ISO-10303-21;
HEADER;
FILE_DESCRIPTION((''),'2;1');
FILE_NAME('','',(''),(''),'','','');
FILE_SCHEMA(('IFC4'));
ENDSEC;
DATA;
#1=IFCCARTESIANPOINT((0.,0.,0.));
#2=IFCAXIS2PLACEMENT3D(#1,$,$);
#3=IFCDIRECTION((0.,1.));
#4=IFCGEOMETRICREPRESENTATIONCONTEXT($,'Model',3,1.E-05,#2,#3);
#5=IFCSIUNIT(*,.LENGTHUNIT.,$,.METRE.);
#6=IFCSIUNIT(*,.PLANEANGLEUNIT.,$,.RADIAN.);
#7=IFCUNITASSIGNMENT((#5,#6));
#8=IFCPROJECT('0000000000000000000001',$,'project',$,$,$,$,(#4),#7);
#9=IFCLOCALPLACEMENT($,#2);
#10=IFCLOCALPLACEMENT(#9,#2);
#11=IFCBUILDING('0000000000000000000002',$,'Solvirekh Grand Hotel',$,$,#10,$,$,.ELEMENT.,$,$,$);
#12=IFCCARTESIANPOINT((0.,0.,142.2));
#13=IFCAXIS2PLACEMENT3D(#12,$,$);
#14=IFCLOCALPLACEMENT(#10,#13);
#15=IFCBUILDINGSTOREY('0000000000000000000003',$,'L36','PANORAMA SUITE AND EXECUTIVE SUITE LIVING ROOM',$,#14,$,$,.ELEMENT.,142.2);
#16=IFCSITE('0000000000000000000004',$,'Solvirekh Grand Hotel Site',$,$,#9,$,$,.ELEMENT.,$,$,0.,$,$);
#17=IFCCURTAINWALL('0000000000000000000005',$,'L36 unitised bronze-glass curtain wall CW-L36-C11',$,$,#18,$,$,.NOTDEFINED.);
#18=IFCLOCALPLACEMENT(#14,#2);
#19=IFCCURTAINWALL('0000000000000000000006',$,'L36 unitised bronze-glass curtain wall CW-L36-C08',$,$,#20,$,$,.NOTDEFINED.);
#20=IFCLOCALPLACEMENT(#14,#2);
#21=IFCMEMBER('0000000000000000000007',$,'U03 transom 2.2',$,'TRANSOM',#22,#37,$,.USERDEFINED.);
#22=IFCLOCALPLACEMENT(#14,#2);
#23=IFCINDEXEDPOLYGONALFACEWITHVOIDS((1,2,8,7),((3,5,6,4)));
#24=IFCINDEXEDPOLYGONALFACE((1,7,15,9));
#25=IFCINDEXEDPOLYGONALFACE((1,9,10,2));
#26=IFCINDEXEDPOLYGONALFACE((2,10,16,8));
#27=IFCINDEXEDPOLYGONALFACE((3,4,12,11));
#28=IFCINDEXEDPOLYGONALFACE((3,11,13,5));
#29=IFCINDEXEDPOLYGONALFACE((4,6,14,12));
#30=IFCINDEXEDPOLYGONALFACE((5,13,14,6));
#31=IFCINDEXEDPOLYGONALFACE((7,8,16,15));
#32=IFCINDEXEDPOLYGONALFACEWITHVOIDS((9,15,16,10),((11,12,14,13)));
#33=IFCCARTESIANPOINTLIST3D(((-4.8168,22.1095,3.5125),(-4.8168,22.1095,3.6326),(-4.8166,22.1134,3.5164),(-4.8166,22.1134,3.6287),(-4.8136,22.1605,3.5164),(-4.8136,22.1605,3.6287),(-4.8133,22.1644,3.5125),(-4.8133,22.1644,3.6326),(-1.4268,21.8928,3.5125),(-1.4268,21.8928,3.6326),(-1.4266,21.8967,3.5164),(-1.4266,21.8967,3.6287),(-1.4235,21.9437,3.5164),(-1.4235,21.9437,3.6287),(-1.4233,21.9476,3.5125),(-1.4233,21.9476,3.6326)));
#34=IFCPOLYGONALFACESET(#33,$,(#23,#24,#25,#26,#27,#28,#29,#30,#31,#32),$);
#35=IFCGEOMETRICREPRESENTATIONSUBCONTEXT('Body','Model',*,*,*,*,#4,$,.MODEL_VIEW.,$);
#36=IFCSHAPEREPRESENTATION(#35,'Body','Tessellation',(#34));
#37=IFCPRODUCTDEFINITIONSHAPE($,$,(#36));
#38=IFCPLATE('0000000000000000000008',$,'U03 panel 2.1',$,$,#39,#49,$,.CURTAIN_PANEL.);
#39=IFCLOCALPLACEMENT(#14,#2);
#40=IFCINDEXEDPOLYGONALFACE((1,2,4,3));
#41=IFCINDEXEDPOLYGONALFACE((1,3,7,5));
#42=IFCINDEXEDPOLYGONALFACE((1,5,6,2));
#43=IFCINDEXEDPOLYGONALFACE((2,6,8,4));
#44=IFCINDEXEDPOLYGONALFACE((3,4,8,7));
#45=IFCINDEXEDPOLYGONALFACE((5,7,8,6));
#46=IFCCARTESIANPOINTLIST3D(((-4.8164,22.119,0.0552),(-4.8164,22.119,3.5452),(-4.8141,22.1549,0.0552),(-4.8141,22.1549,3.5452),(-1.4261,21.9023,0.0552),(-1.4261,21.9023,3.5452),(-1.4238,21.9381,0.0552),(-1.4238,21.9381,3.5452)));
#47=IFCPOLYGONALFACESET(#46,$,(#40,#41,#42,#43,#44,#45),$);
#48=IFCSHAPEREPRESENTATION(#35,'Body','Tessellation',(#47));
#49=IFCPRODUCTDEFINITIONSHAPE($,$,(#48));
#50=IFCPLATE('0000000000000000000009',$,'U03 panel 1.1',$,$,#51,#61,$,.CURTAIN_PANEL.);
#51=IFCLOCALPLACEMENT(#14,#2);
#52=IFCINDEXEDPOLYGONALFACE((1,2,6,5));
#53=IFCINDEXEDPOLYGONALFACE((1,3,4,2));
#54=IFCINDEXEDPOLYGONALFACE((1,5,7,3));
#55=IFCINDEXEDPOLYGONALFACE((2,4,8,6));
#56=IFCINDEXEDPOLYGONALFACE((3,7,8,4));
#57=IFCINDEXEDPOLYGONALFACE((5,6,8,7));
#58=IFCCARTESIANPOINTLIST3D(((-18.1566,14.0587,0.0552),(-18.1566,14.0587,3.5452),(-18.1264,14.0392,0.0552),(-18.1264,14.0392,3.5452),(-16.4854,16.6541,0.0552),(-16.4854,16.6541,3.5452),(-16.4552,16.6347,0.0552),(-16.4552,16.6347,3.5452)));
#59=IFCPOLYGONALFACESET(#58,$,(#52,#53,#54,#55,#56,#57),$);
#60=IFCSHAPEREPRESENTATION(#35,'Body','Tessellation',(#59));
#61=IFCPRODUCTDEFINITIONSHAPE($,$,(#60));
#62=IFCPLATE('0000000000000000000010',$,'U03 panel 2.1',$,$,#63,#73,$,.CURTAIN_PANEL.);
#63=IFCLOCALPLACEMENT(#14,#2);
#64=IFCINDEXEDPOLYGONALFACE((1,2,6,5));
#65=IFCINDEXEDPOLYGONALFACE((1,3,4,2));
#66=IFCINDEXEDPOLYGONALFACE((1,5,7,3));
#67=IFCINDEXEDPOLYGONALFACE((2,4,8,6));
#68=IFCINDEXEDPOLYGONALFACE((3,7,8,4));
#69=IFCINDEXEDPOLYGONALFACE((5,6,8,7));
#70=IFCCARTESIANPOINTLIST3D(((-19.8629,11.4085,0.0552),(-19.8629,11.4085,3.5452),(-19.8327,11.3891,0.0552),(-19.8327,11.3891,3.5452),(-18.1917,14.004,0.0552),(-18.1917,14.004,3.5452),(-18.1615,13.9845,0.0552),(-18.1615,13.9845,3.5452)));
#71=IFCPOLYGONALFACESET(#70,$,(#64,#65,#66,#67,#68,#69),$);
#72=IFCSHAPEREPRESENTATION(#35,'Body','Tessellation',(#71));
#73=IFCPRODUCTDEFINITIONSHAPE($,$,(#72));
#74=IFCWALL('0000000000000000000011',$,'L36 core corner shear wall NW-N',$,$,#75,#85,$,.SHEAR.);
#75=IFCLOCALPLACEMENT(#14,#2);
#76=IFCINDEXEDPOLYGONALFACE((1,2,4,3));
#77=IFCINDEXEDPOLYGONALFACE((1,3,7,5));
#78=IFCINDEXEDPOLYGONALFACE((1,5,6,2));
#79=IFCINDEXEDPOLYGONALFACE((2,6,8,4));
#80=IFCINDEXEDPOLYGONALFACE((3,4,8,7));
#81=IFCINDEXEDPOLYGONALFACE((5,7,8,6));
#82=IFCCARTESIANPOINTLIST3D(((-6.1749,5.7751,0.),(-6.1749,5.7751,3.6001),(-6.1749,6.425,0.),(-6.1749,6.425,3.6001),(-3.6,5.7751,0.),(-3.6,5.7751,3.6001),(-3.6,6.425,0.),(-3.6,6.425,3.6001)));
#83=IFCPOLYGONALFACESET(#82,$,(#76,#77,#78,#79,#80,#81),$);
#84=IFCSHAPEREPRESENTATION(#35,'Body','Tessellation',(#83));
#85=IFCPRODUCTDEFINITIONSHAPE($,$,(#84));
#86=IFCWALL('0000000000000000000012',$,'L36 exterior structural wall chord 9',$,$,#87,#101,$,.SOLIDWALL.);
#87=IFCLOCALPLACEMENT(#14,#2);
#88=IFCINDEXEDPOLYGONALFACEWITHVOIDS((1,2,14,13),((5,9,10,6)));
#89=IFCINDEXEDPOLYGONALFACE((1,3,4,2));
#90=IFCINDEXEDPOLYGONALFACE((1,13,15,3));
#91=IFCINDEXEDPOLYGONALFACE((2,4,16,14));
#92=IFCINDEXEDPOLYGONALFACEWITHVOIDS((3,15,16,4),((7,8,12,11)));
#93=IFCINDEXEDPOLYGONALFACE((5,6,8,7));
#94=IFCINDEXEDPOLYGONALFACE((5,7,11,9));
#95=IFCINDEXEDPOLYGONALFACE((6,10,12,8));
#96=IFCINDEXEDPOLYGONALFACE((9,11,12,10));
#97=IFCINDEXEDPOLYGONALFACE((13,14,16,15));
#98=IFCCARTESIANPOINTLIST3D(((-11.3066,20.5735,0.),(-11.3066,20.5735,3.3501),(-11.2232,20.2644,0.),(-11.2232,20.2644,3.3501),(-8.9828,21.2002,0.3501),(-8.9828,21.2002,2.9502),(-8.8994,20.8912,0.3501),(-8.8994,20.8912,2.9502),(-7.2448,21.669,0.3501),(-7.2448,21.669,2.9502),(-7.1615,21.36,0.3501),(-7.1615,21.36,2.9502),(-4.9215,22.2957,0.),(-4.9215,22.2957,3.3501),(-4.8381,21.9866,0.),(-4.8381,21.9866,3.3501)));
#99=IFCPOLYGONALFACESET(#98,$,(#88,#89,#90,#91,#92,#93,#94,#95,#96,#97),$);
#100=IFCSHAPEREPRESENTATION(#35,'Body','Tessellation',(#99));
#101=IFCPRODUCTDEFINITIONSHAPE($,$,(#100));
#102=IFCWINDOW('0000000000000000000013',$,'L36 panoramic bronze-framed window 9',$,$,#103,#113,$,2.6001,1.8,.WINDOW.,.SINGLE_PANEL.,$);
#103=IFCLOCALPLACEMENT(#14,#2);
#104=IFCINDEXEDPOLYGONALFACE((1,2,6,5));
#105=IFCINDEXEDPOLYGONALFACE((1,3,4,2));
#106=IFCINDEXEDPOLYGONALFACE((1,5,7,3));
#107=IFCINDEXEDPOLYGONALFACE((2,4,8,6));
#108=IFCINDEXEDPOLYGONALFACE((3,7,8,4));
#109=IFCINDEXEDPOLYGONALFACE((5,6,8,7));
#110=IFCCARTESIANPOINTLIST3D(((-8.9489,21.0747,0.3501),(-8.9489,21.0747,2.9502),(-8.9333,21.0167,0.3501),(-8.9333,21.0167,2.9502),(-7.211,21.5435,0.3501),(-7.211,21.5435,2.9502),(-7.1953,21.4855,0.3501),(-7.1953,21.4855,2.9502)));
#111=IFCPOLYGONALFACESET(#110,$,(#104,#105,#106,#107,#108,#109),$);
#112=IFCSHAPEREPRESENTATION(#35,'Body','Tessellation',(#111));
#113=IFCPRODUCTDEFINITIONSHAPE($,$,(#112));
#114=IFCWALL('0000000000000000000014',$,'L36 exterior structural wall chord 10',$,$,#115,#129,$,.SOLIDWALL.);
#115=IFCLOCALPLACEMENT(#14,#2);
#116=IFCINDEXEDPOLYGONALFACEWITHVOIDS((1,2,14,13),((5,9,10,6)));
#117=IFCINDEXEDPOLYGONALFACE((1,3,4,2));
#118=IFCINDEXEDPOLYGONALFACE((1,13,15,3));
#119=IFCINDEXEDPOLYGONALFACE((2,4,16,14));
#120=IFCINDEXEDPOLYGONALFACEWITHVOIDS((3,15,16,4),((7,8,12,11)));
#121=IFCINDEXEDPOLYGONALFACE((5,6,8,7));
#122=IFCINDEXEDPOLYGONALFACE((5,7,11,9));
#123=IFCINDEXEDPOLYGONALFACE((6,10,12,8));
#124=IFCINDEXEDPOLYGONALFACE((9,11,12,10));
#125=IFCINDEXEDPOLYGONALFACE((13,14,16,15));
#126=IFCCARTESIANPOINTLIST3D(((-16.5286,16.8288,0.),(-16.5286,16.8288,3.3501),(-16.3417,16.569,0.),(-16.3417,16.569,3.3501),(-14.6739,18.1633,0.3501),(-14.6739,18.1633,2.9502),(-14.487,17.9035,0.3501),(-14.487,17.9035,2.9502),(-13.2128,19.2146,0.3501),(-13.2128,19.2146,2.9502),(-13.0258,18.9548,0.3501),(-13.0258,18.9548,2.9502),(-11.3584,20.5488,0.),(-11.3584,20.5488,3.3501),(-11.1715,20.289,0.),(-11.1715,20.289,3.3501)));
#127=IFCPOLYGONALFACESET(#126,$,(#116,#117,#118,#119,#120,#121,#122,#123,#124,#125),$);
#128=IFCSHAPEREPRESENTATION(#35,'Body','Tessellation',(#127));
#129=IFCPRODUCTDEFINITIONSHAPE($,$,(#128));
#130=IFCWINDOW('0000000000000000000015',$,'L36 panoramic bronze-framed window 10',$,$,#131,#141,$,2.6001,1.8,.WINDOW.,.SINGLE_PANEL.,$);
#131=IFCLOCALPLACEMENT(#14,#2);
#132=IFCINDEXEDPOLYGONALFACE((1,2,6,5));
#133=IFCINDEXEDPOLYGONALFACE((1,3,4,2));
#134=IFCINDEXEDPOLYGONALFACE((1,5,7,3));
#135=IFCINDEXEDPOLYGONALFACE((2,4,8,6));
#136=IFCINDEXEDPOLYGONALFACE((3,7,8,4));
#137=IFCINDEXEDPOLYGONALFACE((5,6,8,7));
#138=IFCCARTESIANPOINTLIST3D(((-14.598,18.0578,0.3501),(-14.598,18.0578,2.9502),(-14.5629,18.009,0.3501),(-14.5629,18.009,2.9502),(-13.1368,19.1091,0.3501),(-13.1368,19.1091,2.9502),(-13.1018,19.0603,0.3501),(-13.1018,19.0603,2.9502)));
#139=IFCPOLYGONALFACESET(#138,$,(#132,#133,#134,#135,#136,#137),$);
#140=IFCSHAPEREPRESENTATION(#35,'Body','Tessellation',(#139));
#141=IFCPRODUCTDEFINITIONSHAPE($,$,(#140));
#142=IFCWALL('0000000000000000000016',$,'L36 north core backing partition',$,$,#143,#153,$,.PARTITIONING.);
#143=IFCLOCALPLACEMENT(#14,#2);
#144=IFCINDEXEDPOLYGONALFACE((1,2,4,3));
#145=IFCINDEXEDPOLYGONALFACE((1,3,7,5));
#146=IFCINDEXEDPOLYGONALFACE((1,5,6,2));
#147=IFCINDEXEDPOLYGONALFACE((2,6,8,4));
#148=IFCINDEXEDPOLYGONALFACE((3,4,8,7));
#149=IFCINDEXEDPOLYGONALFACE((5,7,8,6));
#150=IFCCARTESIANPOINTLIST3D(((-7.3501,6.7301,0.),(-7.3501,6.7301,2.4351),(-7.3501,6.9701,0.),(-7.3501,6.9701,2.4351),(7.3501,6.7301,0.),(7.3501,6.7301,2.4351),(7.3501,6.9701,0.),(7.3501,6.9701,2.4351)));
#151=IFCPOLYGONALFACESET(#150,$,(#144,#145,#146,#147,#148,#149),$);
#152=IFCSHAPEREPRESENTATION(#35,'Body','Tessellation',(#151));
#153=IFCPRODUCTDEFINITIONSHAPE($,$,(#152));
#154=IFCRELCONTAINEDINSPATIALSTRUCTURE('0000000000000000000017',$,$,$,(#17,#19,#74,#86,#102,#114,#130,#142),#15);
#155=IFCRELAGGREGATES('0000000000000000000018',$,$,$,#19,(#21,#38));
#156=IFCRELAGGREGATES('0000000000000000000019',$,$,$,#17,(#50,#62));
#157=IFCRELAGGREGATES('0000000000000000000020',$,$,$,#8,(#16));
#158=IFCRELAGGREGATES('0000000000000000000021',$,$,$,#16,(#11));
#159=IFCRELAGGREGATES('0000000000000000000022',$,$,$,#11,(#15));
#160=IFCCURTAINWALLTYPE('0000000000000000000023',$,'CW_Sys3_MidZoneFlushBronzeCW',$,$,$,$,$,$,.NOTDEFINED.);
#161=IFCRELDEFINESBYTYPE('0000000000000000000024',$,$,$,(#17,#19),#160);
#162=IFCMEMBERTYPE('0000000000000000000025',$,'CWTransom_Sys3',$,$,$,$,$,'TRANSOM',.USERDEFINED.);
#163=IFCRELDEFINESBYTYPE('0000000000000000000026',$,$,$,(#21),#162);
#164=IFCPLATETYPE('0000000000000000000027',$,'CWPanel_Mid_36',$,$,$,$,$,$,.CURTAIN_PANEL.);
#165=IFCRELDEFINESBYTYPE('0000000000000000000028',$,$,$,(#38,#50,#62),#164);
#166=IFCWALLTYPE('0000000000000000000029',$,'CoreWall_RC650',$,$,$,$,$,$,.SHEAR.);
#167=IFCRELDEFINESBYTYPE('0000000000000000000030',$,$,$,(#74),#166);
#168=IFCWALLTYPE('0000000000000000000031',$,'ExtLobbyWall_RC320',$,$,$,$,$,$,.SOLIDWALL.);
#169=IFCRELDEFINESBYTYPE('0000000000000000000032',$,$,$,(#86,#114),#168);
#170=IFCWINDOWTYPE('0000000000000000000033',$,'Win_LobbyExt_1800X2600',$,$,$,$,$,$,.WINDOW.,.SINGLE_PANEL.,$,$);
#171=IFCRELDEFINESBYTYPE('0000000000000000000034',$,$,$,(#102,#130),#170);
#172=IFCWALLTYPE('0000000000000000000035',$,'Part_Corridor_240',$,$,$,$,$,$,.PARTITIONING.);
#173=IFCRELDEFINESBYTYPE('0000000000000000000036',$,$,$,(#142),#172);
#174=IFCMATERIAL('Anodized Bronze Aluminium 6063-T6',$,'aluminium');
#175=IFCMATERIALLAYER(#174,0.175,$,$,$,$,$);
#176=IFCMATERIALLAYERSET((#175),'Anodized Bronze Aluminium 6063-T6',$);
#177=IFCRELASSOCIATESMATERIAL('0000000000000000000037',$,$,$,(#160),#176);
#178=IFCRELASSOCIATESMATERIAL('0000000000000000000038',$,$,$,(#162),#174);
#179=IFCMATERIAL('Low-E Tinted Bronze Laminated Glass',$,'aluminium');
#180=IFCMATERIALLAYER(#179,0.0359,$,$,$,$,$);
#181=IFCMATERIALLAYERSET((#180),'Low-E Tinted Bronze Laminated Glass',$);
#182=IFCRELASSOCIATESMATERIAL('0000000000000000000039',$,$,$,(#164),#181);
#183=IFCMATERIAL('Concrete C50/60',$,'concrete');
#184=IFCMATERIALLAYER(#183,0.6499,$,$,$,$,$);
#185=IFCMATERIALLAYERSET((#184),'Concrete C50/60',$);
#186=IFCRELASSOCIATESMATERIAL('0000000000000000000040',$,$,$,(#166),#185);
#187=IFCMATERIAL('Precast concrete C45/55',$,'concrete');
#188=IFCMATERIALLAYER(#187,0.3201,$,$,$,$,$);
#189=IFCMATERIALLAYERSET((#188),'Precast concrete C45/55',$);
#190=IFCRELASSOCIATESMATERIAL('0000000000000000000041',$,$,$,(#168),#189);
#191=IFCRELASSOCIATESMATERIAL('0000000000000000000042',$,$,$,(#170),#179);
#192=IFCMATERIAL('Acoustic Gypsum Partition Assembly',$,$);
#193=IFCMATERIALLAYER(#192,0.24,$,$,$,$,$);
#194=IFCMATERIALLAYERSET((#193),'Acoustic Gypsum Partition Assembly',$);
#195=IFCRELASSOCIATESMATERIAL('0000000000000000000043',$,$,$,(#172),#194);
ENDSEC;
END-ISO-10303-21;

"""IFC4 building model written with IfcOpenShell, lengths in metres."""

from ifc_helpers import new_model, si_unit, direction, frame, frame_2d, origin, origin_2d, place, context, subcontext, project, spatial, rectangle, hollow_rectangle, extrude, source, transform, mapped, material, layer, layer_set, material_profile, profile_set, type_object, element, fill, aggregate, save


model = new_model("IFC4")

# Units and contexts
model_context = context("Model", 3, precision=1e-05, world=origin(), true_north=direction((0.0, 1.0)))
body_context = subcontext(model_context, "Body", "Model", "MODEL_VIEW")
ifc_project = project(units=[si_unit("LENGTHUNIT", "METRE"), si_unit("PLANEANGLEUNIT", "RADIAN")], contexts=[model_context])

# Site, building, storey
site_placement = place(None, origin())
site = spatial("IfcSite", under=ifc_project, at=site_placement, Name="Solvirekh Grand Hotel Site", CompositionType="ELEMENT", RefElevation=0.0)
building_placement = place(site_placement, origin())
building = spatial("IfcBuilding", under=site, at=building_placement, Name="Solvirekh Grand Hotel", CompositionType="ELEMENT")
storey_placement = place(building_placement, frame((0.0, 0.0, 142.2)))
storey = spatial("IfcBuildingStorey", under=building, at=storey_placement, Name="L36", Description="PANORAMA SUITE AND EXECUTIVE SUITE LIVING ROOM", CompositionType="ELEMENT", Elevation=142.2)

# Shared definitions
ifc_material_1 = material(Name="Concrete C50/60", Category="concrete")

# Curtain walls
ifc_material_2 = material(Name="Anodized Bronze Aluminium 6063-T6", Category="aluminium")
ifc_layer_1 = layer(ifc_material_2, 0.175)
ifc_layer_set_1 = layer_set([ifc_layer_1], Name="Anodized Bronze Aluminium 6063-T6")
curtain_wall_type = type_object("IfcCurtainWallType", Name="CW_Sys3_MidZoneFlushBronzeCW", PredefinedType="NOTDEFINED", material=ifc_layer_set_1)
curtain_wall_1_placement = place(storey_placement, origin())
curtain_wall_1 = element("IfcCurtainWall", 1, at=curtain_wall_1_placement, inside=storey, type_object=curtain_wall_type, Name="L36 unitised bronze-glass curtain wall CW-L36-C11", PredefinedType="NOTDEFINED")
ifc_material_profile_1 = material_profile(ifc_material_2, hollow_rectangle(XDim=0.0549, YDim=0.1201, WallThickness=0.0039, at=origin_2d()), Name="ALU RHS 120X55X4")
ifc_profile_set_1 = profile_set([ifc_material_profile_1], Name="Anodized Bronze Aluminium 6063-T6")
member_type_1 = type_object("IfcMemberType", Name="CWTransom_Sys3", ElementType="TRANSOM", PredefinedType="USERDEFINED", material=ifc_profile_set_1)
curtain_wall_2_placement = place(storey_placement, origin())
curtain_wall_2 = element("IfcCurtainWall", 2, at=curtain_wall_2_placement, inside=storey, type_object=curtain_wall_type, Name="L36 unitised bronze-glass curtain wall CW-L36-C08", PredefinedType="NOTDEFINED")

# Member
shared_shape_1 = source(origin(), body_context, "Body", "SweptSolid", [
    extrude(hollow_rectangle(XDim=0.0549, YDim=0.1201, WallThickness=0.0039, at=origin_2d()), origin(), (0.0, 0.0, 1.0), 3.397),
])
member_1_placement = place(storey_placement, frame((-1.425, 21.9202, 3.5725), z_axis=(-0.997961, 0.063819, 0.0), x_axis=(-0.063819, -0.997961, 0.0)))
member_1 = element("IfcMember", 3, at=member_1_placement, type_object=member_type_1, Name="U03 transom 2.2", ObjectType="TRANSOM", PredefinedType="USERDEFINED", context=body_context, shape_type="MappedRepresentation", body=[
    mapped(shared_shape_1, transform((0.0, 0.0, 0.0), x_axis=(1.0, 0.0, 0.0), y_axis=(0.0, 1.0, 0.0), z_axis=(0.0, 0.0, 1.0), scale=1.0)),
])

# Plates
ifc_material_3 = material(Name="Low-E Tinted Bronze Laminated Glass", Category="aluminium")
ifc_layer_2 = layer(ifc_material_3, 0.0359)
ifc_layer_set_2 = layer_set([ifc_layer_2], Name="Low-E Tinted Bronze Laminated Glass")
plate_type = type_object("IfcPlateType", Name="CWPanel_Mid_36", PredefinedType="CURTAIN_PANEL", material=ifc_layer_set_2)
shared_shape_2 = source(origin(), body_context, "Body", "SweptSolid", [
    extrude(rectangle(XDim=3.3972, YDim=0.0359, at=origin_2d()), origin(), (0.0, 0.0, 1.0), 3.49),
])
plate_1_placement = place(storey_placement, frame((-3.1201, 22.0286, 0.0552), z_axis=(0.0, 0.0, 1.0), x_axis=(-0.997962, 0.063812, 0.0)))
plate_1 = element("IfcPlate", 4, at=plate_1_placement, type_object=plate_type, Name="U03 panel 2.1", PredefinedType="CURTAIN_PANEL", context=body_context, shape_type="MappedRepresentation", body=[
    mapped(shared_shape_2, transform((0.0, 0.0, 0.0), x_axis=(1.0, 0.0, 0.0), y_axis=(0.0, 1.0, 0.0), z_axis=(0.0, 0.0, 1.0), scale=1.0)),
])
aggregate(curtain_wall_2, [member_1, plate_1])
shared_shape_3 = source(origin(), body_context, "Body", "SweptSolid", [
    extrude(rectangle(XDim=3.0869, YDim=0.0359, at=origin_2d()), origin(), (0.0, 0.0, 1.0), 3.49),
])
plate_2_placement = place(storey_placement, frame((-17.3059, 15.3467, 0.0552), z_axis=(0.0, 0.0, 1.0), x_axis=(-0.541368, -0.840785, 0.0)))
plate_2 = element("IfcPlate", 5, at=plate_2_placement, type_object=plate_type, Name="U03 panel 1.1", PredefinedType="CURTAIN_PANEL", context=body_context, shape_type="MappedRepresentation", body=[
    mapped(shared_shape_3, transform((0.0, 0.0, 0.0), x_axis=(1.0, 0.0, 0.0), y_axis=(0.0, 1.0, 0.0), z_axis=(0.0, 0.0, 1.0), scale=1.0)),
])
plate_3_placement = place(storey_placement, frame((-19.0122, 12.6965, 0.0552), z_axis=(0.0, 0.0, 1.0), x_axis=(-0.541368, -0.840785, 0.0)))
plate_3 = element("IfcPlate", 6, at=plate_3_placement, type_object=plate_type, Name="U03 panel 2.1", PredefinedType="CURTAIN_PANEL", context=body_context, shape_type="MappedRepresentation", body=[
    mapped(shared_shape_3, transform((0.0, 0.0, 0.0), x_axis=(1.0, 0.0, 0.0), y_axis=(0.0, 1.0, 0.0), z_axis=(0.0, 0.0, 1.0), scale=1.0)),
])
aggregate(curtain_wall_1, [plate_2, plate_3])

# Wall
ifc_layer_3 = layer(ifc_material_1, 0.6499)
ifc_layer_set_3 = layer_set([ifc_layer_3], Name="Concrete C50/60")
wall_type_1 = type_object("IfcWallType", Name="CoreWall_RC650", PredefinedType="SHEAR", material=ifc_layer_set_3)
wall_1_placement = place(storey_placement, frame((-6.175, 6.1001, 0.0), z_axis=(0.0, 0.0, 1.0), x_axis=(1.0, 0.0, 0.0)))
element("IfcWall", 7, at=wall_1_placement, inside=storey, type_object=wall_type_1, Name="L36 core corner shear wall NW-N", PredefinedType="SHEAR", context=body_context, shape_type="SweptSolid", body=[
    extrude(rectangle(XDim=2.575, YDim=0.6499, at=frame_2d((1.2876, 0.0))), origin(), (0.0, 0.0, 1.0), 3.6001),
])

# Walls, openings, windows
ifc_material_4 = material(Name="Precast concrete C45/55", Category="concrete")
ifc_layer_4 = layer(ifc_material_4, 0.3201)
ifc_layer_set_4 = layer_set([ifc_layer_4], Name="Precast concrete C45/55")
wall_type_2 = type_object("IfcWallType", Name="ExtLobbyWall_RC320", PredefinedType="SOLIDWALL", material=ifc_layer_set_4)
wall_2_placement = place(storey_placement, frame((-11.2649, 20.4189, 0.0), z_axis=(0.0, 0.0, 1.0), x_axis=(0.965497, 0.260414, 0.0)))
wall_2 = element("IfcWall", 8, at=wall_2_placement, inside=storey, type_object=wall_type_2, Name="L36 exterior structural wall chord 9", PredefinedType="SOLIDWALL", context=body_context, shape_type="SweptSolid", body=[
    extrude(rectangle(XDim=6.6133, YDim=0.3201, at=frame_2d((3.3066, 0.0))), origin(), (0.0, 0.0, 1.0), 3.3501),
])
opening_1_placement = place(wall_2_placement, frame((2.407, 0.0, 0.3501)))
opening_1 = element("IfcOpeningElement", 9, at=opening_1_placement, cuts=wall_2, PredefinedType="OPENING", context=body_context, shape_type="SweptSolid", body=[
    extrude(rectangle(XDim=1.8, YDim=2.6001, at=frame_2d((0.8999, 1.3))), frame((0.0, 0.1699, 0.0), z_axis=(0.0, -1.0, 0.0), x_axis=(1.0, 0.0, 0.0)), (0.0, 0.0, 1.0), 0.3401),
])
window_type = type_object("IfcWindowType", Name="Win_LobbyExt_1800X2600", PartitioningType="SINGLE_PANEL", PredefinedType="WINDOW", material=ifc_material_3)
window_1_placement = place(opening_1_placement, origin())
window_1 = element("IfcWindow", 10, at=window_1_placement, inside=storey, type_object=window_type, Name="L36 panoramic bronze-framed window 9", OverallHeight=2.6001, OverallWidth=1.8, PartitioningType="SINGLE_PANEL", PredefinedType="WINDOW", context=body_context, shape_type="SweptSolid", body=[
    extrude(rectangle(XDim=1.8, YDim=2.6001, at=frame_2d((0.8999, 1.3))), frame((0.0, 0.03, 0.0), z_axis=(0.0, -1.0, 0.0), x_axis=(1.0, 0.0, 0.0)), (0.0, 0.0, 1.0), 0.0601),
])
fill(opening_1, window_1)
wall_3_placement = place(storey_placement, frame((-16.4351, 16.699, 0.0), z_axis=(0.0, 0.0, 1.0), x_axis=(0.811724, 0.584041, 0.0)))
wall_3 = element("IfcWall", 11, at=wall_3_placement, inside=storey, type_object=wall_type_2, Name="L36 exterior structural wall chord 10", PredefinedType="SOLIDWALL", context=body_context, shape_type="SweptSolid", body=[
    extrude(rectangle(XDim=6.3694, YDim=0.3201, at=frame_2d((3.1846, 0.0))), origin(), (0.0, 0.0, 1.0), 3.3501),
])
opening_2_placement = place(wall_3_placement, frame((2.2849, 0.0, 0.3501)))
opening_2 = element("IfcOpeningElement", 12, at=opening_2_placement, cuts=wall_3, PredefinedType="OPENING", context=body_context, shape_type="SweptSolid", body=[
    extrude(rectangle(XDim=1.8, YDim=2.6001, at=frame_2d((0.8999, 1.3))), frame((0.0, 0.1699, 0.0), z_axis=(0.0, -1.0, 0.0), x_axis=(1.0, 0.0, 0.0)), (0.0, 0.0, 1.0), 0.3401),
])
window_2_placement = place(opening_2_placement, origin())
window_2 = element("IfcWindow", 13, at=window_2_placement, inside=storey, type_object=window_type, Name="L36 panoramic bronze-framed window 10", OverallHeight=2.6001, OverallWidth=1.8, PartitioningType="SINGLE_PANEL", PredefinedType="WINDOW", context=body_context, shape_type="SweptSolid", body=[
    extrude(rectangle(XDim=1.8, YDim=2.6001, at=frame_2d((0.8999, 1.3))), frame((0.0, 0.03, 0.0), z_axis=(0.0, -1.0, 0.0), x_axis=(1.0, 0.0, 0.0)), (0.0, 0.0, 1.0), 0.0601),
])
fill(opening_2, window_2)

# Wall
ifc_material_5 = material(Name="Acoustic Gypsum Partition Assembly")
ifc_layer_5 = layer(ifc_material_5, 0.24)
ifc_layer_set_5 = layer_set([ifc_layer_5], Name="Acoustic Gypsum Partition Assembly")
wall_type_3 = type_object("IfcWallType", Name="Part_Corridor_240", PredefinedType="PARTITIONING", material=ifc_layer_set_5)
wall_4_placement = place(storey_placement, frame((-7.3501, 6.8501, 0.0), z_axis=(0.0, 0.0, 1.0), x_axis=(1.0, 0.0, 0.0)))
element("IfcWall", 14, at=wall_4_placement, inside=storey, type_object=wall_type_3, Name="L36 north core backing partition", PredefinedType="PARTITIONING", context=body_context, shape_type="SweptSolid", body=[
    extrude(rectangle(XDim=14.7002, YDim=0.24, at=frame_2d((7.3501, 0.0))), origin(), (0.0, 0.0, 1.0), 2.4351),
])

save(model, "model.ifc")
